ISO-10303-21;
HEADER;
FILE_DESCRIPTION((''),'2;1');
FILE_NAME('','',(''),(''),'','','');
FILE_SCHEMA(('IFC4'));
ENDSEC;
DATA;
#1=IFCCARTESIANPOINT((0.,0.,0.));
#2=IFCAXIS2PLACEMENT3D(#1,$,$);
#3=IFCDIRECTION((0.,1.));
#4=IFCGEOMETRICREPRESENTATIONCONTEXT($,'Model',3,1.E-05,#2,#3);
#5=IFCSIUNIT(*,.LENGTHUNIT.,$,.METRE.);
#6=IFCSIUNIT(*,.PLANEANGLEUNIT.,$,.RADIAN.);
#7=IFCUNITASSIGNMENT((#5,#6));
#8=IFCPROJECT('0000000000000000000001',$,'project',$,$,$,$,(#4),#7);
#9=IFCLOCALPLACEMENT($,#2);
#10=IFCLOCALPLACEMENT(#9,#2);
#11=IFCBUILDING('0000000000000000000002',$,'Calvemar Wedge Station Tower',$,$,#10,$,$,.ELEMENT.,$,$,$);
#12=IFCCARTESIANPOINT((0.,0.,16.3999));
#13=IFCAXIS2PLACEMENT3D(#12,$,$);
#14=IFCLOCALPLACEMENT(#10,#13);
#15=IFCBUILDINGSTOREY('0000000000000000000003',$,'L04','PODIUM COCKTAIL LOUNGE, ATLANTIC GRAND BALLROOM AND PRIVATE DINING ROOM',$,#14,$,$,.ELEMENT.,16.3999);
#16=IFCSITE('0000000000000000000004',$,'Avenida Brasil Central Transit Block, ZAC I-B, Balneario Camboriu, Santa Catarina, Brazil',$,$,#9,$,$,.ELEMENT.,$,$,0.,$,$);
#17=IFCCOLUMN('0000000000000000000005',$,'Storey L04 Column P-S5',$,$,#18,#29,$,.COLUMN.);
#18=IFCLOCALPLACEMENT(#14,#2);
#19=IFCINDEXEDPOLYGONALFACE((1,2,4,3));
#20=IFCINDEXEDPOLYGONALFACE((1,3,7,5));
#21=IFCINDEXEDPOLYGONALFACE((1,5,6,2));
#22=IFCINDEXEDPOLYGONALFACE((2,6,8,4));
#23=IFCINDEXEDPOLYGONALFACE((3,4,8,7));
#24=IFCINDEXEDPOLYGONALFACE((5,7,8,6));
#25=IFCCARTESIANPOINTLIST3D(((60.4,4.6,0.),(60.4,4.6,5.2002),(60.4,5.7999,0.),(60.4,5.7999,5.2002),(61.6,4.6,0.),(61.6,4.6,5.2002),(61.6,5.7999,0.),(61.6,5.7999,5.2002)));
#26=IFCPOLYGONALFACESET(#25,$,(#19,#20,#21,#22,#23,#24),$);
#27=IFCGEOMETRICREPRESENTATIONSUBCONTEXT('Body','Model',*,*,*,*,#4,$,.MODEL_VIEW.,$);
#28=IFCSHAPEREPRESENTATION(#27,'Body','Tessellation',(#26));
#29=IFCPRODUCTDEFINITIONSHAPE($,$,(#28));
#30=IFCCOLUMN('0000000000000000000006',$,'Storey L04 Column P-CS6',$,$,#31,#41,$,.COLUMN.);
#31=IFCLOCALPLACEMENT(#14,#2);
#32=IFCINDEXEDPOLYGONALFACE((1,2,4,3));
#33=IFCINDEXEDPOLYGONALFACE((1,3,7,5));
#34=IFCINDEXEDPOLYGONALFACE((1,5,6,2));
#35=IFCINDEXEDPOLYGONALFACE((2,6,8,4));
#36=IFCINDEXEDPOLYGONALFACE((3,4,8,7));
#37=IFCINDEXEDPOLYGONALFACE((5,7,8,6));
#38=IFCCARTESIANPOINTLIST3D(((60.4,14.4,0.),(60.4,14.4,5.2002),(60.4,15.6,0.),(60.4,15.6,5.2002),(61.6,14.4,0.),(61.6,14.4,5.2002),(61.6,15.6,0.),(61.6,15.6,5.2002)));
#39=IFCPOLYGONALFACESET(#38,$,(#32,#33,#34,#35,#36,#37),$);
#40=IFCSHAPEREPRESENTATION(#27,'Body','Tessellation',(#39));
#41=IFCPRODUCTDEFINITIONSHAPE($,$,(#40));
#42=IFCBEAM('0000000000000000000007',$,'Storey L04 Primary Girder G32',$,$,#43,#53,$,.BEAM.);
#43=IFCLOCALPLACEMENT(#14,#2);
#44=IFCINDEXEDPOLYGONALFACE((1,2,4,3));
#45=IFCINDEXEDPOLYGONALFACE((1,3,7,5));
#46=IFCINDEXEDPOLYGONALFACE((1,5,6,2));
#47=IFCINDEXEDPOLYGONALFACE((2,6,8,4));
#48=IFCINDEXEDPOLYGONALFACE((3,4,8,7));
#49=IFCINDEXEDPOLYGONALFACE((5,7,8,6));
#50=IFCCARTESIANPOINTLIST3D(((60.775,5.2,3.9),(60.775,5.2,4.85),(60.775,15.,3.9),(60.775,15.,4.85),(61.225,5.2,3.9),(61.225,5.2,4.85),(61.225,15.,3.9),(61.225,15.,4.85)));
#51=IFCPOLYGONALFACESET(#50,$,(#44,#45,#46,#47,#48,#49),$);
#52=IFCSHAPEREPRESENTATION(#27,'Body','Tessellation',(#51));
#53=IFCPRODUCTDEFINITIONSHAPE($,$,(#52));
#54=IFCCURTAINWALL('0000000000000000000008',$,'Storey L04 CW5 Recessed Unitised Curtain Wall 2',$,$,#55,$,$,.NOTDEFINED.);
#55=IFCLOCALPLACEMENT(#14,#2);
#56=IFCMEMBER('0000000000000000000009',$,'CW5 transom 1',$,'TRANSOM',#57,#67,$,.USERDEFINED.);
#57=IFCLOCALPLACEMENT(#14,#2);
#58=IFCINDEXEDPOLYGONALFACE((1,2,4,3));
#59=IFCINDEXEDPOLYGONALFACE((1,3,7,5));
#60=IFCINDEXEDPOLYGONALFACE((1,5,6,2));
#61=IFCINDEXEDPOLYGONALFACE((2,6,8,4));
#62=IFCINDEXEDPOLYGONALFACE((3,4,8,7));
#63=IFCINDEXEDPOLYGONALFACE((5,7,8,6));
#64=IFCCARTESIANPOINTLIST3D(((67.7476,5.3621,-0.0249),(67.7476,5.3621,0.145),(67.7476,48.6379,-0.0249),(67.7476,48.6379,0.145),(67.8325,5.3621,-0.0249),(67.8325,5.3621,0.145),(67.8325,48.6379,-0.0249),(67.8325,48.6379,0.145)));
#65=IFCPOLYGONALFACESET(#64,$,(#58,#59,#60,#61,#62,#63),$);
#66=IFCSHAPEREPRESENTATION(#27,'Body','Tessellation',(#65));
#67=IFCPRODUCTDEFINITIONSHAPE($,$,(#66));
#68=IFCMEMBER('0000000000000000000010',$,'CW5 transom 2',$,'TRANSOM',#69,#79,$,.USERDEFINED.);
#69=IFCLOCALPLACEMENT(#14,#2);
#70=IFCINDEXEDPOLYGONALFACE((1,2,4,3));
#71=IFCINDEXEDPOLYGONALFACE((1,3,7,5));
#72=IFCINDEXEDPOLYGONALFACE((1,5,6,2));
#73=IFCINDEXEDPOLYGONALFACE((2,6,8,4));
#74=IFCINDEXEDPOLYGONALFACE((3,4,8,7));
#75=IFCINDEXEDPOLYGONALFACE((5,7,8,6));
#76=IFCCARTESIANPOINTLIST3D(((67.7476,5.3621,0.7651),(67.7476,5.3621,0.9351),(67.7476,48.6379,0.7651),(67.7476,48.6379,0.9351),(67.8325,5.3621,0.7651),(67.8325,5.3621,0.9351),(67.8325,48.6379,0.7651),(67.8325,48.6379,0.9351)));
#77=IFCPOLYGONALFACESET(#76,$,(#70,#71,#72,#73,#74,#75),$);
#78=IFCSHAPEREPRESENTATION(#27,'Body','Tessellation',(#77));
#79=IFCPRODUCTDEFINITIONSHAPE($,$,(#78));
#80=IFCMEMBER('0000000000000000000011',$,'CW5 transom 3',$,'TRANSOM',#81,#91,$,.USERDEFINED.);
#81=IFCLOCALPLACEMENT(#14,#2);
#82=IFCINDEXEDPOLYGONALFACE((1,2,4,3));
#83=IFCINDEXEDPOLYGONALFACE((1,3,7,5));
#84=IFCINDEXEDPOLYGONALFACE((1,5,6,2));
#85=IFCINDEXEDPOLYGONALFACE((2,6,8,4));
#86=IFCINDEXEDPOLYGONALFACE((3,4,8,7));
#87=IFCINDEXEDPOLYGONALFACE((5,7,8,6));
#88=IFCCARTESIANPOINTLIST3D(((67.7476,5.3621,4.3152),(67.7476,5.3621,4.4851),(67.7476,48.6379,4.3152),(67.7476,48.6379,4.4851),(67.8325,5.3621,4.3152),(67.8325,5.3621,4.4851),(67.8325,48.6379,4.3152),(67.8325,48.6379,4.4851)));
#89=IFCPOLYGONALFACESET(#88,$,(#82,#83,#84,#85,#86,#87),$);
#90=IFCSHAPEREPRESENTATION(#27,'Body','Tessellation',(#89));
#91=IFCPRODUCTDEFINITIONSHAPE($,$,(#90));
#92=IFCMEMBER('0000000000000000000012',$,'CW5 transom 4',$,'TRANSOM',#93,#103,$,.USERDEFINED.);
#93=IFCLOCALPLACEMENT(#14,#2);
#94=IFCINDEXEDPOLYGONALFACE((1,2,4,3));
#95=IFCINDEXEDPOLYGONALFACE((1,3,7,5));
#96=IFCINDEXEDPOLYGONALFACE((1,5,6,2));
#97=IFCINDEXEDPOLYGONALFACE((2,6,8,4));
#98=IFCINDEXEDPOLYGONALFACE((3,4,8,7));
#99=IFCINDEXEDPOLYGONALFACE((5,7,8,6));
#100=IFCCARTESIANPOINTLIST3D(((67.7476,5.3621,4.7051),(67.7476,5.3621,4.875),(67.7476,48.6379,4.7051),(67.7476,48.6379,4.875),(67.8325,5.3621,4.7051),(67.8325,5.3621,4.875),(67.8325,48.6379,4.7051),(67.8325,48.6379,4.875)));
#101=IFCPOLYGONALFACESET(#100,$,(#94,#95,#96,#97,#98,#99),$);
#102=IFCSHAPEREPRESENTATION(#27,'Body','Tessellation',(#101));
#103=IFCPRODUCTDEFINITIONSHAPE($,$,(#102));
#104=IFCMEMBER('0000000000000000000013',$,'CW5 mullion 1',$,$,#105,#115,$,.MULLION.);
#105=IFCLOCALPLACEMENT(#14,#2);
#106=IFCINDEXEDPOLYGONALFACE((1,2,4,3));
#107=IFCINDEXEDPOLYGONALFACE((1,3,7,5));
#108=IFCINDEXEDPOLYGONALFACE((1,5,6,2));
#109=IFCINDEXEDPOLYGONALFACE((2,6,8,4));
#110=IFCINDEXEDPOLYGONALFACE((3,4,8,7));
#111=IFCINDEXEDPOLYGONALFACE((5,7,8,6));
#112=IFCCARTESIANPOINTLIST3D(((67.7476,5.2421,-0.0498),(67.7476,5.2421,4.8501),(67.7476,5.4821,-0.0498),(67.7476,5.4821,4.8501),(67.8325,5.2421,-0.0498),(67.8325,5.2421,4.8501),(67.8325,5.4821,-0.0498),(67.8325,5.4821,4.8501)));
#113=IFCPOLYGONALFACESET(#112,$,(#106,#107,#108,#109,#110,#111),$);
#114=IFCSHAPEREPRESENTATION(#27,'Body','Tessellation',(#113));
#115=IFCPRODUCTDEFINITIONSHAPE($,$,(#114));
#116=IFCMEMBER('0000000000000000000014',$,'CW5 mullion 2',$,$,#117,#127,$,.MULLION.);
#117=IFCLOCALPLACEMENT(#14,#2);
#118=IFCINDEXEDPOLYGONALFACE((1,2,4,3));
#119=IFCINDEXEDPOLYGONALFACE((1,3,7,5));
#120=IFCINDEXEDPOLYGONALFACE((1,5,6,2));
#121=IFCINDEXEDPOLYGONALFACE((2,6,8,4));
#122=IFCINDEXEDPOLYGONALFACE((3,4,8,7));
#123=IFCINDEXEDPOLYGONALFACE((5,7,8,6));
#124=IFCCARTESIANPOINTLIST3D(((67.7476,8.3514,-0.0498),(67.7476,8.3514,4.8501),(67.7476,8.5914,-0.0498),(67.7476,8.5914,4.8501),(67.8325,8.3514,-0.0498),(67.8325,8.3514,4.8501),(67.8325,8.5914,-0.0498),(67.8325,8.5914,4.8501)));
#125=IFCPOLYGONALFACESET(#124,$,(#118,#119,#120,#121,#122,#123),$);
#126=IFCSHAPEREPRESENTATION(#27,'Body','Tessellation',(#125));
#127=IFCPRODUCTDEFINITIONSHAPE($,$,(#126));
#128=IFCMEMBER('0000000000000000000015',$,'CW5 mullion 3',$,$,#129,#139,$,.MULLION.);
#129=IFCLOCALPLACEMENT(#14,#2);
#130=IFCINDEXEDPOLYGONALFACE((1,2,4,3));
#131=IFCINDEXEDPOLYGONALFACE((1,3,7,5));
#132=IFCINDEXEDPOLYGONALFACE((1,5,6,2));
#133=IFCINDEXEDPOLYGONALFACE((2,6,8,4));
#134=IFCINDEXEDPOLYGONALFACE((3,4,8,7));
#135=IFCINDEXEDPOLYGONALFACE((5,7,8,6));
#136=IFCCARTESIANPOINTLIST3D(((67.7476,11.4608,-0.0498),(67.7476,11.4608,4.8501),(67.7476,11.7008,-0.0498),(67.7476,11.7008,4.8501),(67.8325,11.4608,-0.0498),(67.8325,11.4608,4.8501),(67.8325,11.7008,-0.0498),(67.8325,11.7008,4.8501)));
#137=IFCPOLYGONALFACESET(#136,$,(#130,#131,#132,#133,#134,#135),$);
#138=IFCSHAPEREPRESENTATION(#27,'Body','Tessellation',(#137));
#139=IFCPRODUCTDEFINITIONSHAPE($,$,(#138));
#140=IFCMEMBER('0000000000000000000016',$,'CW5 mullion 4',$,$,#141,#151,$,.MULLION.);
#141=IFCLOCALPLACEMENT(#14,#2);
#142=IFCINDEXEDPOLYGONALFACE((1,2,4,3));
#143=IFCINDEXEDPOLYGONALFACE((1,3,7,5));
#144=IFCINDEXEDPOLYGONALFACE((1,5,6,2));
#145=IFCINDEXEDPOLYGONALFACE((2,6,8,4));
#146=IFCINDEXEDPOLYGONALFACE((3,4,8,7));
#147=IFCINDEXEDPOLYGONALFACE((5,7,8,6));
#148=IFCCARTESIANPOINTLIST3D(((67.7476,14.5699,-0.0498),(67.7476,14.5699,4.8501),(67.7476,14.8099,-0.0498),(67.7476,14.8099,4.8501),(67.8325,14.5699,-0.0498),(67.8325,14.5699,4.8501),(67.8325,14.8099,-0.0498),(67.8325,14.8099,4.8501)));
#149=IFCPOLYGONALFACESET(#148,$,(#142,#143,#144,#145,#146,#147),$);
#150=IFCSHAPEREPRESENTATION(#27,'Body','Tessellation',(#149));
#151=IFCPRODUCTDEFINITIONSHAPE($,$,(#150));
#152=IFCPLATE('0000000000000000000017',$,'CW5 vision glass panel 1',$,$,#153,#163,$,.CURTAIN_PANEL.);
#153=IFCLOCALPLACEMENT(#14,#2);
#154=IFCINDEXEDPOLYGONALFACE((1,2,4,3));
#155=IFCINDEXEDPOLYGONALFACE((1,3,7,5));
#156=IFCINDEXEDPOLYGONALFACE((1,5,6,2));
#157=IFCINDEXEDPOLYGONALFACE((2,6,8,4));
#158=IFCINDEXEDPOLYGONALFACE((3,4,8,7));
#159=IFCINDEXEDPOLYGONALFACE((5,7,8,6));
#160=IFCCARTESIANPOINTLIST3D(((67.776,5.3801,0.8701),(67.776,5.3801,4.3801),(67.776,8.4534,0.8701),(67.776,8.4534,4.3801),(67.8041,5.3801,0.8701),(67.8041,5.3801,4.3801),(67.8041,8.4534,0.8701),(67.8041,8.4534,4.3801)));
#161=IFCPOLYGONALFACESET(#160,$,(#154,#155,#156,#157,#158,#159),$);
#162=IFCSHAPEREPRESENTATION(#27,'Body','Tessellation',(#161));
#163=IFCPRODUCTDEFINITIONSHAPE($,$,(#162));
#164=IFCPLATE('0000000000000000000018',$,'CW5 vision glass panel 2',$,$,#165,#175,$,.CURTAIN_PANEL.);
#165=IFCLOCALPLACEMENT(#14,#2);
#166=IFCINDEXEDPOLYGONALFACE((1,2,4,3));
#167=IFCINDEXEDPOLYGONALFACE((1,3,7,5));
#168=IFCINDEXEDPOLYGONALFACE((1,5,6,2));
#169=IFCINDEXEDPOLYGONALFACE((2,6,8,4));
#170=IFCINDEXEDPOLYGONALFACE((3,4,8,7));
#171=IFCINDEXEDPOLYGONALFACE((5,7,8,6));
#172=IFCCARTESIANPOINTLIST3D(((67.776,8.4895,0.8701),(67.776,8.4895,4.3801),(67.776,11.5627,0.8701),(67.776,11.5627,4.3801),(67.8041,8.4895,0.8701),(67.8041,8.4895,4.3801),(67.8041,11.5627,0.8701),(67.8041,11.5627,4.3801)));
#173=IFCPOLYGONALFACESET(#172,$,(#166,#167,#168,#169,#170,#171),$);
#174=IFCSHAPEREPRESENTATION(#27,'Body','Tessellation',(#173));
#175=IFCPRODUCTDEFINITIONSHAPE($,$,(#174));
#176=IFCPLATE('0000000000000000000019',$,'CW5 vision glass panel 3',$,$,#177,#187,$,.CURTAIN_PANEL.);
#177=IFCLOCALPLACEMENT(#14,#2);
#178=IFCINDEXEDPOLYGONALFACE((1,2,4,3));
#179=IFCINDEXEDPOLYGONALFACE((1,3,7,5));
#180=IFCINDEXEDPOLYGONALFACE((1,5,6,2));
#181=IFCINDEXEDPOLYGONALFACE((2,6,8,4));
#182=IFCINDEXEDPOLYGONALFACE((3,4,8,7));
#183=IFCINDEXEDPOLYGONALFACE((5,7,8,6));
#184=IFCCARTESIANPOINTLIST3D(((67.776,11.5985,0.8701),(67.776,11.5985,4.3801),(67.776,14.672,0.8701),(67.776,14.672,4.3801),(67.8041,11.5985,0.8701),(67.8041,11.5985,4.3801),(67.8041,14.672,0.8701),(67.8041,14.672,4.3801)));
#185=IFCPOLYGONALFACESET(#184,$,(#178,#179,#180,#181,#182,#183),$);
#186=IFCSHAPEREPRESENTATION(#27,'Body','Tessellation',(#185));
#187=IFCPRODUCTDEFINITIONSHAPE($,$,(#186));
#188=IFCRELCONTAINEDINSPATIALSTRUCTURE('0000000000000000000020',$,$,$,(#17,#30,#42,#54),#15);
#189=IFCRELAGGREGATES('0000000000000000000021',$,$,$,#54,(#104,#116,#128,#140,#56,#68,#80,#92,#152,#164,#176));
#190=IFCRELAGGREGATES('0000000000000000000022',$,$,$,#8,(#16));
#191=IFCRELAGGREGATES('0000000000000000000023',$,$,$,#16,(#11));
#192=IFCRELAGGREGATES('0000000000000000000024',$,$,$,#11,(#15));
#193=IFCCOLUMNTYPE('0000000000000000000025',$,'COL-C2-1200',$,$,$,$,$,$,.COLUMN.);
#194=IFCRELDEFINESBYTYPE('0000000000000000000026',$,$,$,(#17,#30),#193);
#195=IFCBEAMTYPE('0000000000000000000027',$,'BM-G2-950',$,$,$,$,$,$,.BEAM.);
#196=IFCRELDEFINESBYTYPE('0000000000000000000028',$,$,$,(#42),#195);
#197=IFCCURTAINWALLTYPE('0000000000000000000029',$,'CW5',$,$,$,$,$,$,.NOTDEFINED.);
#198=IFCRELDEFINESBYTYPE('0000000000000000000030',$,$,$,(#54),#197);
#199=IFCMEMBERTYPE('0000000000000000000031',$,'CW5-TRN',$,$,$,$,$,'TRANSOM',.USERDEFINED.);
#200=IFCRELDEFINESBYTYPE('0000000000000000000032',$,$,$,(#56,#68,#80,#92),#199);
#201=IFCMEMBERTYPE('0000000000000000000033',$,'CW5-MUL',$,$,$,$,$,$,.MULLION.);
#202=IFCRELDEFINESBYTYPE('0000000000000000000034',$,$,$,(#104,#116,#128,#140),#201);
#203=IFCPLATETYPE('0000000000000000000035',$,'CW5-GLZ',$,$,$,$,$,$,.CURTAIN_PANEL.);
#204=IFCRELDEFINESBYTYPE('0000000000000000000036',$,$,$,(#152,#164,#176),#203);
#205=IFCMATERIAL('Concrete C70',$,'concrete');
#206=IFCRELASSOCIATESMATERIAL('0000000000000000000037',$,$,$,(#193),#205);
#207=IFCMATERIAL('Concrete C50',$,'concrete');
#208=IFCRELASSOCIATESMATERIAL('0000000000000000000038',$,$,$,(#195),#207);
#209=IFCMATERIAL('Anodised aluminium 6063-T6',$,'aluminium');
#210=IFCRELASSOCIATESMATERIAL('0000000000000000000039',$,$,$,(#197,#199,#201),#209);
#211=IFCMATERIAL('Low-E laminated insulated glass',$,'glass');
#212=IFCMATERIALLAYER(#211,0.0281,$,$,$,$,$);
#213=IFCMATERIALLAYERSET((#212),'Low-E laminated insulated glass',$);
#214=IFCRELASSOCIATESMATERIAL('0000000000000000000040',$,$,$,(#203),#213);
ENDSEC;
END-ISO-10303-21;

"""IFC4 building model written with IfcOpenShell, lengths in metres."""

from ifc_helpers import new_model, si_unit, direction, frame, frame_2d, origin, origin_2d, place, context, subcontext, project, spatial, rectangle, extrude, source, transform, mapped, material, layer, layer_set, material_profile, profile_set, type_object, element, aggregate, save


model = new_model("IFC4")

# Units and contexts
model_context = context("Model", 3, precision=1e-05, world=origin(), true_north=direction((0.0, 1.0)))
body_context = subcontext(model_context, "Body", "Model", "MODEL_VIEW")
ifc_project = project(units=[si_unit("LENGTHUNIT", "METRE"), si_unit("PLANEANGLEUNIT", "RADIAN")], contexts=[model_context])

# Site, building, storey
site_placement = place(None, origin())
site = spatial("IfcSite", under=ifc_project, at=site_placement, Name="Avenida Brasil Central Transit Block, ZAC I-B, Balneario Camboriu, Santa Catarina, Brazil", CompositionType="ELEMENT", RefElevation=0.0)
building_placement = place(site_placement, origin())
building = spatial("IfcBuilding", under=site, at=building_placement, Name="Calvemar Wedge Station Tower", CompositionType="ELEMENT")
storey_placement = place(building_placement, frame((0.0, 0.0, 16.3999)))
storey = spatial("IfcBuildingStorey", under=building, at=storey_placement, Name="L04", Description="PODIUM COCKTAIL LOUNGE, ATLANTIC GRAND BALLROOM AND PRIVATE DINING ROOM", CompositionType="ELEMENT", Elevation=16.3999)

# Columns
ifc_material_1 = material(Name="Concrete C70", Category="concrete")
ifc_material_profile_1 = material_profile(ifc_material_1, rectangle(XDim=1.2, YDim=1.2, at=origin_2d()), Name="RC1200x1200")
ifc_profile_set_1 = profile_set([ifc_material_profile_1], Name="Concrete C70")
column_type = type_object("IfcColumnType", Name="COL-C2-1200", PredefinedType="COLUMN", material=ifc_profile_set_1)
shared_shape_1 = source(origin(), body_context, "Body", "SweptSolid", [
    extrude(rectangle(XDim=1.2, YDim=1.2, at=origin_2d()), origin(), (0.0, 0.0, 1.0), 5.2002),
])
for number, where, z_axis, x_axis, name in (
    (1, (61.0, 5.2, 0.0), (0.0, 0.0, 1.0), (1.0, 0.0, 0.0), "Storey L04 Column P-S5"),
    (2, (61.0, 15.0, 0.0), (0.0, 0.0, 1.0), (1.0, 0.0, 0.0), "Storey L04 Column P-CS6"),
):
    element("IfcColumn", number, at=place(storey_placement, frame(where, z_axis=z_axis, x_axis=x_axis)), inside=storey, type_object=column_type, Name=name, PredefinedType="COLUMN", context=body_context, shape_type="MappedRepresentation", body=[
        mapped(shared_shape_1, transform((0.0, 0.0, 0.0), scale=1.0)),
    ])

# Beam
ifc_material_2 = material(Name="Concrete C50", Category="concrete")
ifc_material_profile_2 = material_profile(ifc_material_2, rectangle(XDim=0.45, YDim=0.95, at=origin_2d()), Name="RC450x950")
ifc_profile_set_2 = profile_set([ifc_material_profile_2], Name="Concrete C50")
beam_type = type_object("IfcBeamType", Name="BM-G2-950", PredefinedType="BEAM", material=ifc_profile_set_2)
shared_shape_2 = source(origin(), body_context, "Body", "SweptSolid", [
    extrude(rectangle(XDim=0.45, YDim=0.95, at=origin_2d()), origin(), (0.0, 0.0, 1.0), 9.8),
])
beam_placement = place(storey_placement, frame((61.0, 5.2, 4.375), z_axis=(0.0, 1.0, 0.0), x_axis=(-1.0, 0.0, 0.0)))
element("IfcBeam", 3, at=beam_placement, inside=storey, type_object=beam_type, Name="Storey L04 Primary Girder G32", PredefinedType="BEAM", context=body_context, shape_type="MappedRepresentation", body=[
    mapped(shared_shape_2, transform((0.0, 0.0, 0.0), scale=1.0)),
])

# Curtain wall, members, plates
ifc_material_3 = material(Name="Anodised aluminium 6063-T6", Category="aluminium")
curtain_wall_type = type_object("IfcCurtainWallType", Name="CW5", PredefinedType="NOTDEFINED", material=ifc_material_3)
curtain_wall_placement = place(storey_placement, origin())
curtain_wall = element("IfcCurtainWall", 4, at=curtain_wall_placement, inside=storey, type_object=curtain_wall_type, Name="Storey L04 CW5 Recessed Unitised Curtain Wall 2", PredefinedType="NOTDEFINED")
ifc_material_profile_3 = material_profile(ifc_material_3, rectangle(XDim=0.085, YDim=0.1699, at=origin_2d()), Name="AL-TRN-85x170")
ifc_profile_set_3 = profile_set([ifc_material_profile_3], Name="Anodised aluminium 6063-T6")
member_type_1 = type_object("IfcMemberType", Name="CW5-TRN", ElementType="TRANSOM", PredefinedType="USERDEFINED", material=ifc_profile_set_3)
shared_shape_3 = source(origin(), body_context, "Body", "SweptSolid", [
    extrude(rectangle(XDim=0.085, YDim=0.1699, at=origin_2d()), origin(), (0.0, 0.0, 1.0), 43.2759),
])
member_1_placement = place(storey_placement, frame((67.79, 5.3621, 0.0601), z_axis=(0.0, 1.0, 0.0), x_axis=(-1.0, 0.0, 0.0)))
member_1 = element("IfcMember", 5, at=member_1_placement, type_object=member_type_1, Name="CW5 transom 1", ObjectType="TRANSOM", PredefinedType="USERDEFINED", context=body_context, shape_type="MappedRepresentation", body=[
    mapped(shared_shape_3, transform((0.0, 0.0, 0.0), scale=1.0)),
])
member_2_placement = place(storey_placement, frame((67.79, 5.3621, 0.8501), z_axis=(0.0, 1.0, 0.0), x_axis=(-1.0, 0.0, 0.0)))
member_2 = element("IfcMember", 6, at=member_2_placement, type_object=member_type_1, Name="CW5 transom 2", ObjectType="TRANSOM", PredefinedType="USERDEFINED", context=body_context, shape_type="MappedRepresentation", body=[
    mapped(shared_shape_3, transform((0.0, 0.0, 0.0), scale=1.0)),
])
member_3_placement = place(storey_placement, frame((67.79, 5.3621, 4.4001), z_axis=(0.0, 1.0, 0.0), x_axis=(-1.0, 0.0, 0.0)))
member_3 = element("IfcMember", 7, at=member_3_placement, type_object=member_type_1, Name="CW5 transom 3", ObjectType="TRANSOM", PredefinedType="USERDEFINED", context=body_context, shape_type="MappedRepresentation", body=[
    mapped(shared_shape_3, transform((0.0, 0.0, 0.0), scale=1.0)),
])
member_4_placement = place(storey_placement, frame((67.79, 5.3621, 4.79), z_axis=(0.0, 1.0, 0.0), x_axis=(-1.0, 0.0, 0.0)))
member_4 = element("IfcMember", 8, at=member_4_placement, type_object=member_type_1, Name="CW5 transom 4", ObjectType="TRANSOM", PredefinedType="USERDEFINED", context=body_context, shape_type="MappedRepresentation", body=[
    mapped(shared_shape_3, transform((0.0, 0.0, 0.0), scale=1.0)),
])
ifc_material_profile_4 = material_profile(ifc_material_3, rectangle(XDim=0.085, YDim=0.24, at=origin_2d()), Name="AL-MUL-85x240")
ifc_profile_set_4 = profile_set([ifc_material_profile_4], Name="Anodised aluminium 6063-T6")
member_type_2 = type_object("IfcMemberType", Name="CW5-MUL", PredefinedType="MULLION", material=ifc_profile_set_4)
shared_shape_4 = source(origin(), body_context, "Body", "SweptSolid", [
    extrude(rectangle(XDim=0.085, YDim=0.24, at=origin_2d()), origin(), (0.0, 0.0, 1.0), 4.8999),
])
member_5_placement = place(storey_placement, frame((67.79, 5.3621, -0.0498), z_axis=(0.0, 0.0, 1.0), x_axis=(1.0, 0.0, 0.0)))
member_5 = element("IfcMember", 9, at=member_5_placement, type_object=member_type_2, Name="CW5 mullion 1", PredefinedType="MULLION", context=body_context, shape_type="MappedRepresentation", body=[
    mapped(shared_shape_4, transform((0.0, 0.0, 0.0), scale=1.0)),
])
member_6_placement = place(storey_placement, frame((67.79, 8.4714, -0.0498), z_axis=(0.0, 0.0, 1.0), x_axis=(1.0, 0.0, 0.0)))
member_6 = element("IfcMember", 10, at=member_6_placement, type_object=member_type_2, Name="CW5 mullion 2", PredefinedType="MULLION", context=body_context, shape_type="MappedRepresentation", body=[
    mapped(shared_shape_4, transform((0.0, 0.0, 0.0), scale=1.0)),
])
member_7_placement = place(storey_placement, frame((67.79, 11.5808, -0.0498), z_axis=(0.0, 0.0, 1.0), x_axis=(1.0, 0.0, 0.0)))
member_7 = element("IfcMember", 11, at=member_7_placement, type_object=member_type_2, Name="CW5 mullion 3", PredefinedType="MULLION", context=body_context, shape_type="MappedRepresentation", body=[
    mapped(shared_shape_4, transform((0.0, 0.0, 0.0), scale=1.0)),
])
member_8_placement = place(storey_placement, frame((67.79, 14.6899, -0.0498), z_axis=(0.0, 0.0, 1.0), x_axis=(1.0, 0.0, 0.0)))
member_8 = element("IfcMember", 12, at=member_8_placement, type_object=member_type_2, Name="CW5 mullion 4", PredefinedType="MULLION", context=body_context, shape_type="MappedRepresentation", body=[
    mapped(shared_shape_4, transform((0.0, 0.0, 0.0), scale=1.0)),
])
ifc_material_4 = material(Name="Low-E laminated insulated glass", Category="glass")
ifc_layer_1 = layer(ifc_material_4, 0.0281)
ifc_layer_set_1 = layer_set([ifc_layer_1], Name="Low-E laminated insulated glass")
plate_type_1 = type_object("IfcPlateType", Name="CW5-GLZ", PredefinedType="CURTAIN_PANEL", material=ifc_layer_set_1)
plate_1_placement = place(storey_placement, frame((67.79, 5.3801, 0.8701), z_axis=(0.0, 0.0, 1.0), x_axis=(0.0, 1.0, 0.0)))
plate_1 = element("IfcPlate", 13, at=plate_1_placement, type_object=plate_type_1, Name="CW5 vision glass panel 1", PredefinedType="CURTAIN_PANEL", context=body_context, shape_type="SweptSolid", body=[
    extrude(rectangle(XDim=3.0732, YDim=0.0281, at=frame_2d((1.5366, 0.0))), origin(), (0.0, 0.0, 1.0), 3.51),
])
plate_2_placement = place(storey_placement, frame((67.79, 8.4895, 0.8701), z_axis=(0.0, 0.0, 1.0), x_axis=(0.0, 1.0, 0.0)))
plate_2 = element("IfcPlate", 14, at=plate_2_placement, type_object=plate_type_1, Name="CW5 vision glass panel 2", PredefinedType="CURTAIN_PANEL", context=body_context, shape_type="SweptSolid", body=[
    extrude(rectangle(XDim=3.0732, YDim=0.0281, at=frame_2d((1.5366, 0.0))), origin(), (0.0, 0.0, 1.0), 3.51),
])
plate_3_placement = place(storey_placement, frame((67.79, 11.5986, 0.8701), z_axis=(0.0, 0.0, 1.0), x_axis=(0.0, 1.0, 0.0)))
plate_3 = element("IfcPlate", 15, at=plate_3_placement, type_object=plate_type_1, Name="CW5 vision glass panel 3", PredefinedType="CURTAIN_PANEL", context=body_context, shape_type="SweptSolid", body=[
    extrude(rectangle(XDim=3.0735, YDim=0.0281, at=frame_2d((1.5366, 0.0))), origin(), (0.0, 0.0, 1.0), 3.51),
])
aggregate(curtain_wall, [member_5, member_6, member_7, member_8, member_1, member_2, member_3, member_4, plate_1, plate_2, plate_3])

save(model, "model.ifc")
